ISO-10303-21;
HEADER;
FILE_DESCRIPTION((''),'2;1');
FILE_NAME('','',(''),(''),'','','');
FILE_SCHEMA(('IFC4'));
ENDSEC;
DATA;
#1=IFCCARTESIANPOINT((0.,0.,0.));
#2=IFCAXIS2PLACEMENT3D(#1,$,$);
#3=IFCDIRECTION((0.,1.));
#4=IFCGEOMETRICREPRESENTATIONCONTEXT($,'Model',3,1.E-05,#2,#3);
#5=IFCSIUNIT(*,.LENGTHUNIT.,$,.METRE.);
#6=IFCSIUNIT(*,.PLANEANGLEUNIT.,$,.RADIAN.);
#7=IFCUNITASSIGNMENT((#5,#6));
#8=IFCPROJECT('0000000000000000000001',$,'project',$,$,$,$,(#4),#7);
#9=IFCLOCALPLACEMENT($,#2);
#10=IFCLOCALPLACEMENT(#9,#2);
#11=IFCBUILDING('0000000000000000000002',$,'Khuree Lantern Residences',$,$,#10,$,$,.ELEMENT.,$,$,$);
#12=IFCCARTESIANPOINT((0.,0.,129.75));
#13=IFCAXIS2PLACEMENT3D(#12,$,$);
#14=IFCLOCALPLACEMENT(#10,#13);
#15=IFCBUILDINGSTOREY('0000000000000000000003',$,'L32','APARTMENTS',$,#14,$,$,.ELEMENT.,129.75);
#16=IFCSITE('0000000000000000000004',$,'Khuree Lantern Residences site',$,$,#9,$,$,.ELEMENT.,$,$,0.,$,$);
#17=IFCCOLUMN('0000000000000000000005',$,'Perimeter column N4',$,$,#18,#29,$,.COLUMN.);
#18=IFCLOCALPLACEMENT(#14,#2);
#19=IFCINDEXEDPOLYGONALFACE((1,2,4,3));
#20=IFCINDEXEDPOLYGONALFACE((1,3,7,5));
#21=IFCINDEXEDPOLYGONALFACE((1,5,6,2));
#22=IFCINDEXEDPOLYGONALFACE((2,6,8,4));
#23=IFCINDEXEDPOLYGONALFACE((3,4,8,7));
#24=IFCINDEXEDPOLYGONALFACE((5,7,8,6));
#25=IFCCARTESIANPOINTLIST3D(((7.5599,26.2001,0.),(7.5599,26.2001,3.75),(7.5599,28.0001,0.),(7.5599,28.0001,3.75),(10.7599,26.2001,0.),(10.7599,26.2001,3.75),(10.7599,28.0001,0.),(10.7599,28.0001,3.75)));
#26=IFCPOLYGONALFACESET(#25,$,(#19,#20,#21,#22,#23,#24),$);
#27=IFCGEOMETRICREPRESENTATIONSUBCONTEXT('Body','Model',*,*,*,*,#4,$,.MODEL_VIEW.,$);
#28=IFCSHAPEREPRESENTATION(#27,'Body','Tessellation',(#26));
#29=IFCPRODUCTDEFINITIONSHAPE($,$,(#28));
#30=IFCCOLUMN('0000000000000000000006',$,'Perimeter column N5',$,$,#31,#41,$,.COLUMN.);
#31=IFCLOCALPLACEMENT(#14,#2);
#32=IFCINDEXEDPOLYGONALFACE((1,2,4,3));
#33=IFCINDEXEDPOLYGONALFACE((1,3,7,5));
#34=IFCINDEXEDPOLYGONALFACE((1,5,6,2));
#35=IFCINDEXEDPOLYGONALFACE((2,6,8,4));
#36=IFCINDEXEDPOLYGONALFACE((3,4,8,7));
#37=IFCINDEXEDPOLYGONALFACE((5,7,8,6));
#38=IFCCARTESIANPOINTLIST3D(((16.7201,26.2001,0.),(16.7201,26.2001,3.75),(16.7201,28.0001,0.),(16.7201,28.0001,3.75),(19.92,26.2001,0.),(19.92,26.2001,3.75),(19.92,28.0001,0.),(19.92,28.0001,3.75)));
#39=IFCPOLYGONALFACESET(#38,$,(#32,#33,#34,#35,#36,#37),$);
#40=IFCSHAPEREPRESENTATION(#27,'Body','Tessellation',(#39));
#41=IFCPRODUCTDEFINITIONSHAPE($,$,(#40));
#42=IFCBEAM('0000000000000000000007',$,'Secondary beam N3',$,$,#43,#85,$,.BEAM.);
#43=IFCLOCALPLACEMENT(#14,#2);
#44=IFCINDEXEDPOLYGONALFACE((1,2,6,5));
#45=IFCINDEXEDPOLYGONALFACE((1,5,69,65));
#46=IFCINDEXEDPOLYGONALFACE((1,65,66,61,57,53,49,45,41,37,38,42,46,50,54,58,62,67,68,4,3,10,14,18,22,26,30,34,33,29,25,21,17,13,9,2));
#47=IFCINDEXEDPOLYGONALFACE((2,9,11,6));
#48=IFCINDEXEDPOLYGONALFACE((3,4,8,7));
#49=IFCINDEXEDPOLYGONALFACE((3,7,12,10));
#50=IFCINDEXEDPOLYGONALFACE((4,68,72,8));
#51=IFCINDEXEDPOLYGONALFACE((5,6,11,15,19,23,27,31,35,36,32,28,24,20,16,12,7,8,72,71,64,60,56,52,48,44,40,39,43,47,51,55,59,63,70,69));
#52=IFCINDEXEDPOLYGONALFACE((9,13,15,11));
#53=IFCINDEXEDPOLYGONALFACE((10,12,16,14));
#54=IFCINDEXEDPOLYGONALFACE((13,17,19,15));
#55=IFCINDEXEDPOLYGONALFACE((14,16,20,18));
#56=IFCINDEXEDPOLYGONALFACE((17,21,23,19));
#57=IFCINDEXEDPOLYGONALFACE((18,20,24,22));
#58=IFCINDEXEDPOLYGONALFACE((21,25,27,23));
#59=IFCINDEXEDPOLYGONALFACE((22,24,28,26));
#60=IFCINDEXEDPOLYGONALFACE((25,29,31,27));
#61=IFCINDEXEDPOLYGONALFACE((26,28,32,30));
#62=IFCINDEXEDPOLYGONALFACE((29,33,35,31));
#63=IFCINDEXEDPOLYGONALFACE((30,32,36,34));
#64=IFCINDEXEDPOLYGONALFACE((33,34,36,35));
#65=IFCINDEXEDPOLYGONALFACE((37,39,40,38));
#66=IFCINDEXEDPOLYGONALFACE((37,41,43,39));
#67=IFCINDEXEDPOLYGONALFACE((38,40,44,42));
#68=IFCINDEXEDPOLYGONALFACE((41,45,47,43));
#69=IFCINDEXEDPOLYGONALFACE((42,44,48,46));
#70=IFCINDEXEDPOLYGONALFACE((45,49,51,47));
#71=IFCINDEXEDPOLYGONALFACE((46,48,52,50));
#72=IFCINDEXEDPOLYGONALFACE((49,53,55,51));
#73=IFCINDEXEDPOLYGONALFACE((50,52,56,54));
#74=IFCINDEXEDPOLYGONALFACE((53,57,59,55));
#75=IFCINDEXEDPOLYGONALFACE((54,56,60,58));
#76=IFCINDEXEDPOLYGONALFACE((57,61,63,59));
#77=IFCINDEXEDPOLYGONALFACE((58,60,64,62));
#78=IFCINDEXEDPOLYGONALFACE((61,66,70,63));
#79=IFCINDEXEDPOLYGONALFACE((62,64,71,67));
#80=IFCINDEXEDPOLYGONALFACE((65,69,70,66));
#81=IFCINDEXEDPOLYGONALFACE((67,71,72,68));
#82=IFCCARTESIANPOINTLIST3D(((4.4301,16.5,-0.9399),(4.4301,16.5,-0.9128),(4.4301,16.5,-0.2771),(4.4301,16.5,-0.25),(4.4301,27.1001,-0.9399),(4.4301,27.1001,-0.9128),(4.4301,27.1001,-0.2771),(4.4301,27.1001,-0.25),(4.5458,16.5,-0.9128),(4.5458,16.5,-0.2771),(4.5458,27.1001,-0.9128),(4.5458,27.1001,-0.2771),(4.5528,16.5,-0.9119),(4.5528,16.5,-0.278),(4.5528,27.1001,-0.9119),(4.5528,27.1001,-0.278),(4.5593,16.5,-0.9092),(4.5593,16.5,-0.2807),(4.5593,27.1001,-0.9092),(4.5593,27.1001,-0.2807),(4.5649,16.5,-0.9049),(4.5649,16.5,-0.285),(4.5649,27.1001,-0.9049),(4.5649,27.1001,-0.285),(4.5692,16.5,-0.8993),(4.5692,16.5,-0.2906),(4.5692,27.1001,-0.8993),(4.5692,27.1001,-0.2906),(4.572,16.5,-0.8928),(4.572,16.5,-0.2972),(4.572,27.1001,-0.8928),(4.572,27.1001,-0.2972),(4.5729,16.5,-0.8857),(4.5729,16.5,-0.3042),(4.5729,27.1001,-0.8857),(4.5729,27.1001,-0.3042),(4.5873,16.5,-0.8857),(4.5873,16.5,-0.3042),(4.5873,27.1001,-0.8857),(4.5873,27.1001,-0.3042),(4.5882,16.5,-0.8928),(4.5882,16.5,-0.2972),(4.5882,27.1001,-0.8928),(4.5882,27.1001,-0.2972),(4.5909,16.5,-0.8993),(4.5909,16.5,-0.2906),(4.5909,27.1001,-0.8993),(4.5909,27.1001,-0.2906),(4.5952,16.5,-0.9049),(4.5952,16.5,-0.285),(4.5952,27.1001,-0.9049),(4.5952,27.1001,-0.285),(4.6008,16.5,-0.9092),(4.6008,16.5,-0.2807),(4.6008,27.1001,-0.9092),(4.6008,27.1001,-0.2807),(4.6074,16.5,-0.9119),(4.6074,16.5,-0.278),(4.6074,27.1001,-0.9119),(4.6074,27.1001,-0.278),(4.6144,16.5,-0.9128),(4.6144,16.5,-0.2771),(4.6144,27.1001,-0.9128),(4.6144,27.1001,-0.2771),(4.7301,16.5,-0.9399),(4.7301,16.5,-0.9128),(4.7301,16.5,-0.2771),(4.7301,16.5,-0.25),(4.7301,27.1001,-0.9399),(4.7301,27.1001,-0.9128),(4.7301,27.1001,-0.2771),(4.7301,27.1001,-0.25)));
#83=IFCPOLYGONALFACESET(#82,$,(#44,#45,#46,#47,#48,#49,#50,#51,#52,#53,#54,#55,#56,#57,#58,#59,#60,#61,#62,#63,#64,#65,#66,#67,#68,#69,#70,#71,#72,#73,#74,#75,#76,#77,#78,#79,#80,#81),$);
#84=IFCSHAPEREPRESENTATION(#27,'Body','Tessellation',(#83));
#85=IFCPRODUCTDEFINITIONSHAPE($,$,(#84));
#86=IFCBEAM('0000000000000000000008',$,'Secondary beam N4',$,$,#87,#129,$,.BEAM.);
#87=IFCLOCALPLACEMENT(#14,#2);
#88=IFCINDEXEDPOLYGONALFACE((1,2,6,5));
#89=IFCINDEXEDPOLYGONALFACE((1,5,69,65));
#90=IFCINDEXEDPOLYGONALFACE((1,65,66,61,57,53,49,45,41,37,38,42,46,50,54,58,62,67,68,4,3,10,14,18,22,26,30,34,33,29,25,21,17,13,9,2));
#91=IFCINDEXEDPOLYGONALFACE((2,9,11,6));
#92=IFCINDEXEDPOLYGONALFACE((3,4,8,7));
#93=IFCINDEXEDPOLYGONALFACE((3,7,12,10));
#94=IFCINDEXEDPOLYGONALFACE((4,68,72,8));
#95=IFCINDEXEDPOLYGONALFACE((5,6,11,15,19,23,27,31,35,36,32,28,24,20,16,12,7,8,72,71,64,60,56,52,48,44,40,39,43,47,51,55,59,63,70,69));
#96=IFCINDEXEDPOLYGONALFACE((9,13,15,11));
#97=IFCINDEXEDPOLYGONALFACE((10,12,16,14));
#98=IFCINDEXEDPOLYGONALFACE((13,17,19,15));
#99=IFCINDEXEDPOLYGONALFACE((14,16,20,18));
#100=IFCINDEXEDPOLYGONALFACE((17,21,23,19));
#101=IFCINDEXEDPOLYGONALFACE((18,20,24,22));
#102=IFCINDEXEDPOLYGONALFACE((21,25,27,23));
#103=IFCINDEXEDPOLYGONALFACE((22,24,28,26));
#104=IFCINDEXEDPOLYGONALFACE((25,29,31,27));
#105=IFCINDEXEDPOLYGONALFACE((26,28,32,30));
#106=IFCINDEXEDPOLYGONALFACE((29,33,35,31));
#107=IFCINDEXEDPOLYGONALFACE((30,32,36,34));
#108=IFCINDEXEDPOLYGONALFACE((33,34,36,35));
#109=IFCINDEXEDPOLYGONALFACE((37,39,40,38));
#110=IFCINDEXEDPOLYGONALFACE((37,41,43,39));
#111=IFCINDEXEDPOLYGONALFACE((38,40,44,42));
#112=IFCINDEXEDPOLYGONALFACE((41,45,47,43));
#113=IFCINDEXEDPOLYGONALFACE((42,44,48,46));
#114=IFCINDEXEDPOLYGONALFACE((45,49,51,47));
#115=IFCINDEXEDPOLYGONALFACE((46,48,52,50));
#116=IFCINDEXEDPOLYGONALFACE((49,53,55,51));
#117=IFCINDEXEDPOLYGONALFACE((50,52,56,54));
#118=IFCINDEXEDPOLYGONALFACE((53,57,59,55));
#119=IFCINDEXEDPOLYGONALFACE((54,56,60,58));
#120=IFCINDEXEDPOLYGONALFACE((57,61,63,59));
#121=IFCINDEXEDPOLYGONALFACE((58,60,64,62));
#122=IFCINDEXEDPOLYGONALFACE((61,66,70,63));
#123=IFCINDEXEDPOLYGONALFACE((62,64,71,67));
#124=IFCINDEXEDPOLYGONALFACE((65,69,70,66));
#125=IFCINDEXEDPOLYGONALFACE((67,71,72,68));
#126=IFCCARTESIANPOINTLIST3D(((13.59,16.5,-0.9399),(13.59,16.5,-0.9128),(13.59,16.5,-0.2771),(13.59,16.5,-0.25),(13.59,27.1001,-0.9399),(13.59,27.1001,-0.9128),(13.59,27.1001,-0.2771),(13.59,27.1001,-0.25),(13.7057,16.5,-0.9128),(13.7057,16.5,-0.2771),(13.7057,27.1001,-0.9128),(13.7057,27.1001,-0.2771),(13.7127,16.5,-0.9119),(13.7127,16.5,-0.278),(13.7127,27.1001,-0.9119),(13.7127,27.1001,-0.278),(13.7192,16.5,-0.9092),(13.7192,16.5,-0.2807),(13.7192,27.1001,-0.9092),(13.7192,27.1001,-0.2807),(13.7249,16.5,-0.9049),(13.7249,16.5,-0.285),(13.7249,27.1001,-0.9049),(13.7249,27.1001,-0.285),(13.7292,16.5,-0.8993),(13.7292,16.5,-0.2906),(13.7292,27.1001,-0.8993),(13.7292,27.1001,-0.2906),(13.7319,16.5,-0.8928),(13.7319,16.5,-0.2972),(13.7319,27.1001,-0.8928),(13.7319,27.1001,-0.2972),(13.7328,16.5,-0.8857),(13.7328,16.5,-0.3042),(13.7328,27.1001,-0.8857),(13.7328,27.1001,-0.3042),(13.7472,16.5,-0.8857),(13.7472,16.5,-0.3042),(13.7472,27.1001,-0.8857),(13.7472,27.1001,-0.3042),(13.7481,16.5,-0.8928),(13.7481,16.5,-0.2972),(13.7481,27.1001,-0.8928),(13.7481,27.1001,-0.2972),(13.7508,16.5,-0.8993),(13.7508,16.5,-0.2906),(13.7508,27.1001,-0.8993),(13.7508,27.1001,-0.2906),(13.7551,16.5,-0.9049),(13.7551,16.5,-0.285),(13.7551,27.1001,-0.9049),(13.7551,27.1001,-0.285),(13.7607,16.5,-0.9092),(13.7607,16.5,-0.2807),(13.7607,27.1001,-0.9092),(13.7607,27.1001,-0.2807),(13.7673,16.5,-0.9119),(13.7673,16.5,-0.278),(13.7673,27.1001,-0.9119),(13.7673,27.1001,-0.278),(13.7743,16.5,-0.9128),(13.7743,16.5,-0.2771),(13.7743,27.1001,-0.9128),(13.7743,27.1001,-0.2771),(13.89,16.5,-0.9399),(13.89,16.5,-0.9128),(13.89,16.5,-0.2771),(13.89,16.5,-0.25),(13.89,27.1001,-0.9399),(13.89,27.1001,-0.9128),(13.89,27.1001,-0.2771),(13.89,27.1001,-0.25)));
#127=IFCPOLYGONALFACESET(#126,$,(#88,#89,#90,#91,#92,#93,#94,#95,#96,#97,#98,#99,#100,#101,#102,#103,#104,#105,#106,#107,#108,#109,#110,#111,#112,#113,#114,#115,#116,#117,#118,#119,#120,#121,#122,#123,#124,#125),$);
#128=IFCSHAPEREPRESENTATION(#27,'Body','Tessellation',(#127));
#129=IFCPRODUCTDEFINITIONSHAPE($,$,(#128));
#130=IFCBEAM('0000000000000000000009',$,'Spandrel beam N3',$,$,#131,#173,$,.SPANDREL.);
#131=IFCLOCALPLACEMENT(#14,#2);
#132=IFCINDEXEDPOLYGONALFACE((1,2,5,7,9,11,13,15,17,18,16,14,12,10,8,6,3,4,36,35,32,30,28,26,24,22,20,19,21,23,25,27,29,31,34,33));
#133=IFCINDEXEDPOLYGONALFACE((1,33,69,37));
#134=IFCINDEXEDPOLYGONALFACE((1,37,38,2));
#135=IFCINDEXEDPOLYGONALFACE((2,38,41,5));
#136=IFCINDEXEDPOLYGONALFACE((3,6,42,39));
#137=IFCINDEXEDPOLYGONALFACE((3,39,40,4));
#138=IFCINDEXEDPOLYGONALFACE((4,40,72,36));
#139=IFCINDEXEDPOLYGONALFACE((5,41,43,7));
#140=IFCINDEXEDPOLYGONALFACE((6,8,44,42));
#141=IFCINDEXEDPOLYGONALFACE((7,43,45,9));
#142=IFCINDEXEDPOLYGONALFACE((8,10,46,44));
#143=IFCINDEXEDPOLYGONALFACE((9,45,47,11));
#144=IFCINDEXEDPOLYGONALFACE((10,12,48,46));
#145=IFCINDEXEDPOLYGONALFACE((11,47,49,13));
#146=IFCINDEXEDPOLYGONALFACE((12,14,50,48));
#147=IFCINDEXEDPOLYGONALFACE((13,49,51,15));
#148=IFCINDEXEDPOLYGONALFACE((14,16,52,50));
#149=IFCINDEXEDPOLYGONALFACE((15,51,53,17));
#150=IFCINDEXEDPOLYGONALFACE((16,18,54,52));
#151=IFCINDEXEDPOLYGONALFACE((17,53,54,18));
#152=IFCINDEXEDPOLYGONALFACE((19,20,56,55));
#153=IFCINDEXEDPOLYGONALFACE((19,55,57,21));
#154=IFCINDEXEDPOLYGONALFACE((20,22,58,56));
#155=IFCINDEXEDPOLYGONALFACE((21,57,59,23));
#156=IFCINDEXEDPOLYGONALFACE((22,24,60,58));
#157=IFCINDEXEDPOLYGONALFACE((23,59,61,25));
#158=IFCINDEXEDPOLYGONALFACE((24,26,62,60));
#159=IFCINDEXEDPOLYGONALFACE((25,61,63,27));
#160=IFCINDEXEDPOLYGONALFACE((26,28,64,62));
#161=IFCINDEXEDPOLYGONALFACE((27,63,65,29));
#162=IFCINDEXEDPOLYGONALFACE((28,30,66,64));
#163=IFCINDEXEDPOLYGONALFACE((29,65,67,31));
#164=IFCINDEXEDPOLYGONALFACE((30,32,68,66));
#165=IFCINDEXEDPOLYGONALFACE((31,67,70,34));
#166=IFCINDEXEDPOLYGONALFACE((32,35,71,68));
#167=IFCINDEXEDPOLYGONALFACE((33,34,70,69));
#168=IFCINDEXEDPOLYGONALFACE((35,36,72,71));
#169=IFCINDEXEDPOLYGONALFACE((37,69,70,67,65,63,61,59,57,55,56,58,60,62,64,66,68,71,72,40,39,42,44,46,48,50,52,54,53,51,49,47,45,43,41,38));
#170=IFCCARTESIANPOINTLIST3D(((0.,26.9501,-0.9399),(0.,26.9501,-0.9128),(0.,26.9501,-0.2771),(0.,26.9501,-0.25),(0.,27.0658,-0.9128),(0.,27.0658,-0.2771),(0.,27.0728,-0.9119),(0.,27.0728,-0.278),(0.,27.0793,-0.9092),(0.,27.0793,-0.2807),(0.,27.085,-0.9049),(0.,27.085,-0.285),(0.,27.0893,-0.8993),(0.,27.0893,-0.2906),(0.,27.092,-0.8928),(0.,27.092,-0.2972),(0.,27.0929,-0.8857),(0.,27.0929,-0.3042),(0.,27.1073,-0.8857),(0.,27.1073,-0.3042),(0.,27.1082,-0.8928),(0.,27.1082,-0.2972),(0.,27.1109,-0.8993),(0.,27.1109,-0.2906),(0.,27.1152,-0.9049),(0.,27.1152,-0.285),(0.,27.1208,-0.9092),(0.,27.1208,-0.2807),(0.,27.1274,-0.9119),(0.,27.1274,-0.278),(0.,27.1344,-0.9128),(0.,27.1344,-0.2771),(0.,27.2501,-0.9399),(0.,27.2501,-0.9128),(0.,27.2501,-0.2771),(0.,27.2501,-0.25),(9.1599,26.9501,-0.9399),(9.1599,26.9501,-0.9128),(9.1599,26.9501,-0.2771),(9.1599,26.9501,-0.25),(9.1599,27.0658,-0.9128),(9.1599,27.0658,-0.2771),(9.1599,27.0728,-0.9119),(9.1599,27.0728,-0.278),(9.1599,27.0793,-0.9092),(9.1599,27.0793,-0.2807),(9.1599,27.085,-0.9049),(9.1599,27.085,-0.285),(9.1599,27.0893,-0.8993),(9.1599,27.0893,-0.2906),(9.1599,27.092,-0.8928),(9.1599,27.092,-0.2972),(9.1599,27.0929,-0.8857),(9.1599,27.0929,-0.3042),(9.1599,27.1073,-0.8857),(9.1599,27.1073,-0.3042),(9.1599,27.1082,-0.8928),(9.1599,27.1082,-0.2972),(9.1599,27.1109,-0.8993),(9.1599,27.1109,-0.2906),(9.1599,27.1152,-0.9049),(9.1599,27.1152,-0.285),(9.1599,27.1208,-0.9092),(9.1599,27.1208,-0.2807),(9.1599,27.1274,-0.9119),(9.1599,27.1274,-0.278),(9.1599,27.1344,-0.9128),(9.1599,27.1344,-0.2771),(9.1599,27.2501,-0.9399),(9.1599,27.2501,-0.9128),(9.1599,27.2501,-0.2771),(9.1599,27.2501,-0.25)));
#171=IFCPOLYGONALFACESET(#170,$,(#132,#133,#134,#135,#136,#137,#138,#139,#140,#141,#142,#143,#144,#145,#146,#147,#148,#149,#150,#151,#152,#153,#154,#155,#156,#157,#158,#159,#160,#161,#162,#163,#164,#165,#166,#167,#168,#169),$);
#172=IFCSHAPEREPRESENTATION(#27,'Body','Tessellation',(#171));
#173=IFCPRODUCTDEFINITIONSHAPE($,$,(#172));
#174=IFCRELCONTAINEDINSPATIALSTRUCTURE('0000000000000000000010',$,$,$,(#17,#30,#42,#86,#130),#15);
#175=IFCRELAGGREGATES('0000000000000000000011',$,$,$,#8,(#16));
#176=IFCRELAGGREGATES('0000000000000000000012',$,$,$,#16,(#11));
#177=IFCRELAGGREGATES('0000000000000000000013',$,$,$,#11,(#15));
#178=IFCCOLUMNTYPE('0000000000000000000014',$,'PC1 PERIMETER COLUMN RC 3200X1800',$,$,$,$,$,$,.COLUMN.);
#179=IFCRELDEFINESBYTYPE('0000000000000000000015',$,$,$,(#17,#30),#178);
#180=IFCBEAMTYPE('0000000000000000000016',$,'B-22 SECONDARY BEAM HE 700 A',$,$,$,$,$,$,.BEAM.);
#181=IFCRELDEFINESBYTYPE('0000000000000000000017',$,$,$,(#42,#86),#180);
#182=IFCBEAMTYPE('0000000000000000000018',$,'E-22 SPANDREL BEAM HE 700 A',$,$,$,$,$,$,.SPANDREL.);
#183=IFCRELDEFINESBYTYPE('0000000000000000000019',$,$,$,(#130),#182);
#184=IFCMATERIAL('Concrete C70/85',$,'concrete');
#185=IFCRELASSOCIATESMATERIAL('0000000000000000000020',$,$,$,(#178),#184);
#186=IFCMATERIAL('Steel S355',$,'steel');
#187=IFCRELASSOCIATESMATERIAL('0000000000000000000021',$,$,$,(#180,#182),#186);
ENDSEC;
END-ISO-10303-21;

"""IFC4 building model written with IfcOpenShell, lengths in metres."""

from ifc_helpers import new_model, si_unit, direction, frame, origin, origin_2d, place, context, subcontext, project, spatial, rectangle, i_section, extrude, material, material_profile, profile_set, type_object, element, save


model = new_model("IFC4")

# Units and contexts
model_context = context("Model", 3, precision=1e-05, world=origin(), true_north=direction((0.0, 1.0)))
body_context = subcontext(model_context, "Body", "Model", "MODEL_VIEW")
ifc_project = project(units=[si_unit("LENGTHUNIT", "METRE"), si_unit("PLANEANGLEUNIT", "RADIAN")], contexts=[model_context])

# Site, building, storey
site_placement = place(None, origin())
site = spatial("IfcSite", under=ifc_project, at=site_placement, Name="Khuree Lantern Residences site", CompositionType="ELEMENT", RefElevation=0.0)
building_placement = place(site_placement, origin())
building = spatial("IfcBuilding", under=site, at=building_placement, Name="Khuree Lantern Residences", CompositionType="ELEMENT")
storey_placement = place(building_placement, frame((0.0, 0.0, 129.75)))
storey = spatial("IfcBuildingStorey", under=building, at=storey_placement, Name="L32", Description="APARTMENTS", CompositionType="ELEMENT", Elevation=129.75)

# Columns
ifc_material_1 = material(Name="Concrete C70/85", Category="concrete")
ifc_material_profile_1 = material_profile(ifc_material_1, rectangle(XDim=3.2, YDim=1.8, at=origin_2d()), Name="RC 3200X1800")
ifc_profile_set_1 = profile_set([ifc_material_profile_1], Name="Concrete C70/85")
column_type = type_object("IfcColumnType", Name="PC1 PERIMETER COLUMN RC 3200X1800", PredefinedType="COLUMN", material=ifc_profile_set_1)
for number, where, z_axis, x_axis, name in (
    (1, (9.1599, 27.1001, 0.0), (0.0, 0.0, 1.0), (1.0, 0.0, 0.0), "Perimeter column N4"),
    (2, (18.3201, 27.1001, 0.0), (0.0, 0.0, 1.0), (1.0, 0.0, 0.0), "Perimeter column N5"),
):
    element("IfcColumn", number, at=place(storey_placement, frame(where, z_axis=z_axis, x_axis=x_axis)), inside=storey, type_object=column_type, Name=name, PredefinedType="COLUMN", context=body_context, shape_type="SweptSolid", body=[
        extrude(rectangle(XDim=3.2, YDim=1.8, at=origin_2d()), origin(), (0.0, 0.0, 1.0), 3.75),
    ])

# Beams
ifc_material_2 = material(Name="Steel S355", Category="steel")
ifc_material_profile_2 = material_profile(ifc_material_2, i_section(OverallWidth=0.3, OverallDepth=0.6899, WebThickness=0.0144, FlangeThickness=0.0271, FilletRadius=0.0271, at=origin_2d()), Name="HE 700 A")
ifc_profile_set_2 = profile_set([ifc_material_profile_2], Name="Steel S355")
beam_type_1 = type_object("IfcBeamType", Name="B-22 SECONDARY BEAM HE 700 A", PredefinedType="BEAM", material=ifc_profile_set_2)
for number, where, z_axis, x_axis, name in (
    (3, (4.5801, 27.1001, -0.595), (0.0, -1.0, 0.0), (1.0, 0.0, 0.0), "Secondary beam N3"),
    (4, (13.74, 27.1001, -0.595), (0.0, -1.0, 0.0), (1.0, 0.0, 0.0), "Secondary beam N4"),
):
    element("IfcBeam", number, at=place(storey_placement, frame(where, z_axis=z_axis, x_axis=x_axis)), inside=storey, type_object=beam_type_1, Name=name, PredefinedType="BEAM", context=body_context, shape_type="SweptSolid", body=[
        extrude(i_section(OverallWidth=0.3, OverallDepth=0.6899, WebThickness=0.0144, FlangeThickness=0.0271, FilletRadius=0.0271, at=origin_2d()), origin(), (0.0, 0.0, 1.0), 10.6001),
    ])
ifc_material_profile_3 = material_profile(ifc_material_2, i_section(OverallWidth=0.3, OverallDepth=0.6899, WebThickness=0.0144, FlangeThickness=0.0271, FilletRadius=0.0271, at=origin_2d()), Name="HE 700 A")
ifc_profile_set_3 = profile_set([ifc_material_profile_3], Name="Steel S355")
beam_type_2 = type_object("IfcBeamType", Name="E-22 SPANDREL BEAM HE 700 A", PredefinedType="SPANDREL", material=ifc_profile_set_3)
beam_1_placement = place(storey_placement, frame((0.0, 27.1001, -0.595), z_axis=(1.0, 0.0, 0.0), x_axis=(0.0, 1.0, 0.0)))
element("IfcBeam", 5, at=beam_1_placement, inside=storey, type_object=beam_type_2, Name="Spandrel beam N3", PredefinedType="SPANDREL", context=body_context, shape_type="SweptSolid", body=[
    extrude(i_section(OverallWidth=0.3, OverallDepth=0.6899, WebThickness=0.0144, FlangeThickness=0.0271, FilletRadius=0.0271, at=origin_2d()), origin(), (0.0, 0.0, 1.0), 9.1599),
])

save(model, "model.ifc")
